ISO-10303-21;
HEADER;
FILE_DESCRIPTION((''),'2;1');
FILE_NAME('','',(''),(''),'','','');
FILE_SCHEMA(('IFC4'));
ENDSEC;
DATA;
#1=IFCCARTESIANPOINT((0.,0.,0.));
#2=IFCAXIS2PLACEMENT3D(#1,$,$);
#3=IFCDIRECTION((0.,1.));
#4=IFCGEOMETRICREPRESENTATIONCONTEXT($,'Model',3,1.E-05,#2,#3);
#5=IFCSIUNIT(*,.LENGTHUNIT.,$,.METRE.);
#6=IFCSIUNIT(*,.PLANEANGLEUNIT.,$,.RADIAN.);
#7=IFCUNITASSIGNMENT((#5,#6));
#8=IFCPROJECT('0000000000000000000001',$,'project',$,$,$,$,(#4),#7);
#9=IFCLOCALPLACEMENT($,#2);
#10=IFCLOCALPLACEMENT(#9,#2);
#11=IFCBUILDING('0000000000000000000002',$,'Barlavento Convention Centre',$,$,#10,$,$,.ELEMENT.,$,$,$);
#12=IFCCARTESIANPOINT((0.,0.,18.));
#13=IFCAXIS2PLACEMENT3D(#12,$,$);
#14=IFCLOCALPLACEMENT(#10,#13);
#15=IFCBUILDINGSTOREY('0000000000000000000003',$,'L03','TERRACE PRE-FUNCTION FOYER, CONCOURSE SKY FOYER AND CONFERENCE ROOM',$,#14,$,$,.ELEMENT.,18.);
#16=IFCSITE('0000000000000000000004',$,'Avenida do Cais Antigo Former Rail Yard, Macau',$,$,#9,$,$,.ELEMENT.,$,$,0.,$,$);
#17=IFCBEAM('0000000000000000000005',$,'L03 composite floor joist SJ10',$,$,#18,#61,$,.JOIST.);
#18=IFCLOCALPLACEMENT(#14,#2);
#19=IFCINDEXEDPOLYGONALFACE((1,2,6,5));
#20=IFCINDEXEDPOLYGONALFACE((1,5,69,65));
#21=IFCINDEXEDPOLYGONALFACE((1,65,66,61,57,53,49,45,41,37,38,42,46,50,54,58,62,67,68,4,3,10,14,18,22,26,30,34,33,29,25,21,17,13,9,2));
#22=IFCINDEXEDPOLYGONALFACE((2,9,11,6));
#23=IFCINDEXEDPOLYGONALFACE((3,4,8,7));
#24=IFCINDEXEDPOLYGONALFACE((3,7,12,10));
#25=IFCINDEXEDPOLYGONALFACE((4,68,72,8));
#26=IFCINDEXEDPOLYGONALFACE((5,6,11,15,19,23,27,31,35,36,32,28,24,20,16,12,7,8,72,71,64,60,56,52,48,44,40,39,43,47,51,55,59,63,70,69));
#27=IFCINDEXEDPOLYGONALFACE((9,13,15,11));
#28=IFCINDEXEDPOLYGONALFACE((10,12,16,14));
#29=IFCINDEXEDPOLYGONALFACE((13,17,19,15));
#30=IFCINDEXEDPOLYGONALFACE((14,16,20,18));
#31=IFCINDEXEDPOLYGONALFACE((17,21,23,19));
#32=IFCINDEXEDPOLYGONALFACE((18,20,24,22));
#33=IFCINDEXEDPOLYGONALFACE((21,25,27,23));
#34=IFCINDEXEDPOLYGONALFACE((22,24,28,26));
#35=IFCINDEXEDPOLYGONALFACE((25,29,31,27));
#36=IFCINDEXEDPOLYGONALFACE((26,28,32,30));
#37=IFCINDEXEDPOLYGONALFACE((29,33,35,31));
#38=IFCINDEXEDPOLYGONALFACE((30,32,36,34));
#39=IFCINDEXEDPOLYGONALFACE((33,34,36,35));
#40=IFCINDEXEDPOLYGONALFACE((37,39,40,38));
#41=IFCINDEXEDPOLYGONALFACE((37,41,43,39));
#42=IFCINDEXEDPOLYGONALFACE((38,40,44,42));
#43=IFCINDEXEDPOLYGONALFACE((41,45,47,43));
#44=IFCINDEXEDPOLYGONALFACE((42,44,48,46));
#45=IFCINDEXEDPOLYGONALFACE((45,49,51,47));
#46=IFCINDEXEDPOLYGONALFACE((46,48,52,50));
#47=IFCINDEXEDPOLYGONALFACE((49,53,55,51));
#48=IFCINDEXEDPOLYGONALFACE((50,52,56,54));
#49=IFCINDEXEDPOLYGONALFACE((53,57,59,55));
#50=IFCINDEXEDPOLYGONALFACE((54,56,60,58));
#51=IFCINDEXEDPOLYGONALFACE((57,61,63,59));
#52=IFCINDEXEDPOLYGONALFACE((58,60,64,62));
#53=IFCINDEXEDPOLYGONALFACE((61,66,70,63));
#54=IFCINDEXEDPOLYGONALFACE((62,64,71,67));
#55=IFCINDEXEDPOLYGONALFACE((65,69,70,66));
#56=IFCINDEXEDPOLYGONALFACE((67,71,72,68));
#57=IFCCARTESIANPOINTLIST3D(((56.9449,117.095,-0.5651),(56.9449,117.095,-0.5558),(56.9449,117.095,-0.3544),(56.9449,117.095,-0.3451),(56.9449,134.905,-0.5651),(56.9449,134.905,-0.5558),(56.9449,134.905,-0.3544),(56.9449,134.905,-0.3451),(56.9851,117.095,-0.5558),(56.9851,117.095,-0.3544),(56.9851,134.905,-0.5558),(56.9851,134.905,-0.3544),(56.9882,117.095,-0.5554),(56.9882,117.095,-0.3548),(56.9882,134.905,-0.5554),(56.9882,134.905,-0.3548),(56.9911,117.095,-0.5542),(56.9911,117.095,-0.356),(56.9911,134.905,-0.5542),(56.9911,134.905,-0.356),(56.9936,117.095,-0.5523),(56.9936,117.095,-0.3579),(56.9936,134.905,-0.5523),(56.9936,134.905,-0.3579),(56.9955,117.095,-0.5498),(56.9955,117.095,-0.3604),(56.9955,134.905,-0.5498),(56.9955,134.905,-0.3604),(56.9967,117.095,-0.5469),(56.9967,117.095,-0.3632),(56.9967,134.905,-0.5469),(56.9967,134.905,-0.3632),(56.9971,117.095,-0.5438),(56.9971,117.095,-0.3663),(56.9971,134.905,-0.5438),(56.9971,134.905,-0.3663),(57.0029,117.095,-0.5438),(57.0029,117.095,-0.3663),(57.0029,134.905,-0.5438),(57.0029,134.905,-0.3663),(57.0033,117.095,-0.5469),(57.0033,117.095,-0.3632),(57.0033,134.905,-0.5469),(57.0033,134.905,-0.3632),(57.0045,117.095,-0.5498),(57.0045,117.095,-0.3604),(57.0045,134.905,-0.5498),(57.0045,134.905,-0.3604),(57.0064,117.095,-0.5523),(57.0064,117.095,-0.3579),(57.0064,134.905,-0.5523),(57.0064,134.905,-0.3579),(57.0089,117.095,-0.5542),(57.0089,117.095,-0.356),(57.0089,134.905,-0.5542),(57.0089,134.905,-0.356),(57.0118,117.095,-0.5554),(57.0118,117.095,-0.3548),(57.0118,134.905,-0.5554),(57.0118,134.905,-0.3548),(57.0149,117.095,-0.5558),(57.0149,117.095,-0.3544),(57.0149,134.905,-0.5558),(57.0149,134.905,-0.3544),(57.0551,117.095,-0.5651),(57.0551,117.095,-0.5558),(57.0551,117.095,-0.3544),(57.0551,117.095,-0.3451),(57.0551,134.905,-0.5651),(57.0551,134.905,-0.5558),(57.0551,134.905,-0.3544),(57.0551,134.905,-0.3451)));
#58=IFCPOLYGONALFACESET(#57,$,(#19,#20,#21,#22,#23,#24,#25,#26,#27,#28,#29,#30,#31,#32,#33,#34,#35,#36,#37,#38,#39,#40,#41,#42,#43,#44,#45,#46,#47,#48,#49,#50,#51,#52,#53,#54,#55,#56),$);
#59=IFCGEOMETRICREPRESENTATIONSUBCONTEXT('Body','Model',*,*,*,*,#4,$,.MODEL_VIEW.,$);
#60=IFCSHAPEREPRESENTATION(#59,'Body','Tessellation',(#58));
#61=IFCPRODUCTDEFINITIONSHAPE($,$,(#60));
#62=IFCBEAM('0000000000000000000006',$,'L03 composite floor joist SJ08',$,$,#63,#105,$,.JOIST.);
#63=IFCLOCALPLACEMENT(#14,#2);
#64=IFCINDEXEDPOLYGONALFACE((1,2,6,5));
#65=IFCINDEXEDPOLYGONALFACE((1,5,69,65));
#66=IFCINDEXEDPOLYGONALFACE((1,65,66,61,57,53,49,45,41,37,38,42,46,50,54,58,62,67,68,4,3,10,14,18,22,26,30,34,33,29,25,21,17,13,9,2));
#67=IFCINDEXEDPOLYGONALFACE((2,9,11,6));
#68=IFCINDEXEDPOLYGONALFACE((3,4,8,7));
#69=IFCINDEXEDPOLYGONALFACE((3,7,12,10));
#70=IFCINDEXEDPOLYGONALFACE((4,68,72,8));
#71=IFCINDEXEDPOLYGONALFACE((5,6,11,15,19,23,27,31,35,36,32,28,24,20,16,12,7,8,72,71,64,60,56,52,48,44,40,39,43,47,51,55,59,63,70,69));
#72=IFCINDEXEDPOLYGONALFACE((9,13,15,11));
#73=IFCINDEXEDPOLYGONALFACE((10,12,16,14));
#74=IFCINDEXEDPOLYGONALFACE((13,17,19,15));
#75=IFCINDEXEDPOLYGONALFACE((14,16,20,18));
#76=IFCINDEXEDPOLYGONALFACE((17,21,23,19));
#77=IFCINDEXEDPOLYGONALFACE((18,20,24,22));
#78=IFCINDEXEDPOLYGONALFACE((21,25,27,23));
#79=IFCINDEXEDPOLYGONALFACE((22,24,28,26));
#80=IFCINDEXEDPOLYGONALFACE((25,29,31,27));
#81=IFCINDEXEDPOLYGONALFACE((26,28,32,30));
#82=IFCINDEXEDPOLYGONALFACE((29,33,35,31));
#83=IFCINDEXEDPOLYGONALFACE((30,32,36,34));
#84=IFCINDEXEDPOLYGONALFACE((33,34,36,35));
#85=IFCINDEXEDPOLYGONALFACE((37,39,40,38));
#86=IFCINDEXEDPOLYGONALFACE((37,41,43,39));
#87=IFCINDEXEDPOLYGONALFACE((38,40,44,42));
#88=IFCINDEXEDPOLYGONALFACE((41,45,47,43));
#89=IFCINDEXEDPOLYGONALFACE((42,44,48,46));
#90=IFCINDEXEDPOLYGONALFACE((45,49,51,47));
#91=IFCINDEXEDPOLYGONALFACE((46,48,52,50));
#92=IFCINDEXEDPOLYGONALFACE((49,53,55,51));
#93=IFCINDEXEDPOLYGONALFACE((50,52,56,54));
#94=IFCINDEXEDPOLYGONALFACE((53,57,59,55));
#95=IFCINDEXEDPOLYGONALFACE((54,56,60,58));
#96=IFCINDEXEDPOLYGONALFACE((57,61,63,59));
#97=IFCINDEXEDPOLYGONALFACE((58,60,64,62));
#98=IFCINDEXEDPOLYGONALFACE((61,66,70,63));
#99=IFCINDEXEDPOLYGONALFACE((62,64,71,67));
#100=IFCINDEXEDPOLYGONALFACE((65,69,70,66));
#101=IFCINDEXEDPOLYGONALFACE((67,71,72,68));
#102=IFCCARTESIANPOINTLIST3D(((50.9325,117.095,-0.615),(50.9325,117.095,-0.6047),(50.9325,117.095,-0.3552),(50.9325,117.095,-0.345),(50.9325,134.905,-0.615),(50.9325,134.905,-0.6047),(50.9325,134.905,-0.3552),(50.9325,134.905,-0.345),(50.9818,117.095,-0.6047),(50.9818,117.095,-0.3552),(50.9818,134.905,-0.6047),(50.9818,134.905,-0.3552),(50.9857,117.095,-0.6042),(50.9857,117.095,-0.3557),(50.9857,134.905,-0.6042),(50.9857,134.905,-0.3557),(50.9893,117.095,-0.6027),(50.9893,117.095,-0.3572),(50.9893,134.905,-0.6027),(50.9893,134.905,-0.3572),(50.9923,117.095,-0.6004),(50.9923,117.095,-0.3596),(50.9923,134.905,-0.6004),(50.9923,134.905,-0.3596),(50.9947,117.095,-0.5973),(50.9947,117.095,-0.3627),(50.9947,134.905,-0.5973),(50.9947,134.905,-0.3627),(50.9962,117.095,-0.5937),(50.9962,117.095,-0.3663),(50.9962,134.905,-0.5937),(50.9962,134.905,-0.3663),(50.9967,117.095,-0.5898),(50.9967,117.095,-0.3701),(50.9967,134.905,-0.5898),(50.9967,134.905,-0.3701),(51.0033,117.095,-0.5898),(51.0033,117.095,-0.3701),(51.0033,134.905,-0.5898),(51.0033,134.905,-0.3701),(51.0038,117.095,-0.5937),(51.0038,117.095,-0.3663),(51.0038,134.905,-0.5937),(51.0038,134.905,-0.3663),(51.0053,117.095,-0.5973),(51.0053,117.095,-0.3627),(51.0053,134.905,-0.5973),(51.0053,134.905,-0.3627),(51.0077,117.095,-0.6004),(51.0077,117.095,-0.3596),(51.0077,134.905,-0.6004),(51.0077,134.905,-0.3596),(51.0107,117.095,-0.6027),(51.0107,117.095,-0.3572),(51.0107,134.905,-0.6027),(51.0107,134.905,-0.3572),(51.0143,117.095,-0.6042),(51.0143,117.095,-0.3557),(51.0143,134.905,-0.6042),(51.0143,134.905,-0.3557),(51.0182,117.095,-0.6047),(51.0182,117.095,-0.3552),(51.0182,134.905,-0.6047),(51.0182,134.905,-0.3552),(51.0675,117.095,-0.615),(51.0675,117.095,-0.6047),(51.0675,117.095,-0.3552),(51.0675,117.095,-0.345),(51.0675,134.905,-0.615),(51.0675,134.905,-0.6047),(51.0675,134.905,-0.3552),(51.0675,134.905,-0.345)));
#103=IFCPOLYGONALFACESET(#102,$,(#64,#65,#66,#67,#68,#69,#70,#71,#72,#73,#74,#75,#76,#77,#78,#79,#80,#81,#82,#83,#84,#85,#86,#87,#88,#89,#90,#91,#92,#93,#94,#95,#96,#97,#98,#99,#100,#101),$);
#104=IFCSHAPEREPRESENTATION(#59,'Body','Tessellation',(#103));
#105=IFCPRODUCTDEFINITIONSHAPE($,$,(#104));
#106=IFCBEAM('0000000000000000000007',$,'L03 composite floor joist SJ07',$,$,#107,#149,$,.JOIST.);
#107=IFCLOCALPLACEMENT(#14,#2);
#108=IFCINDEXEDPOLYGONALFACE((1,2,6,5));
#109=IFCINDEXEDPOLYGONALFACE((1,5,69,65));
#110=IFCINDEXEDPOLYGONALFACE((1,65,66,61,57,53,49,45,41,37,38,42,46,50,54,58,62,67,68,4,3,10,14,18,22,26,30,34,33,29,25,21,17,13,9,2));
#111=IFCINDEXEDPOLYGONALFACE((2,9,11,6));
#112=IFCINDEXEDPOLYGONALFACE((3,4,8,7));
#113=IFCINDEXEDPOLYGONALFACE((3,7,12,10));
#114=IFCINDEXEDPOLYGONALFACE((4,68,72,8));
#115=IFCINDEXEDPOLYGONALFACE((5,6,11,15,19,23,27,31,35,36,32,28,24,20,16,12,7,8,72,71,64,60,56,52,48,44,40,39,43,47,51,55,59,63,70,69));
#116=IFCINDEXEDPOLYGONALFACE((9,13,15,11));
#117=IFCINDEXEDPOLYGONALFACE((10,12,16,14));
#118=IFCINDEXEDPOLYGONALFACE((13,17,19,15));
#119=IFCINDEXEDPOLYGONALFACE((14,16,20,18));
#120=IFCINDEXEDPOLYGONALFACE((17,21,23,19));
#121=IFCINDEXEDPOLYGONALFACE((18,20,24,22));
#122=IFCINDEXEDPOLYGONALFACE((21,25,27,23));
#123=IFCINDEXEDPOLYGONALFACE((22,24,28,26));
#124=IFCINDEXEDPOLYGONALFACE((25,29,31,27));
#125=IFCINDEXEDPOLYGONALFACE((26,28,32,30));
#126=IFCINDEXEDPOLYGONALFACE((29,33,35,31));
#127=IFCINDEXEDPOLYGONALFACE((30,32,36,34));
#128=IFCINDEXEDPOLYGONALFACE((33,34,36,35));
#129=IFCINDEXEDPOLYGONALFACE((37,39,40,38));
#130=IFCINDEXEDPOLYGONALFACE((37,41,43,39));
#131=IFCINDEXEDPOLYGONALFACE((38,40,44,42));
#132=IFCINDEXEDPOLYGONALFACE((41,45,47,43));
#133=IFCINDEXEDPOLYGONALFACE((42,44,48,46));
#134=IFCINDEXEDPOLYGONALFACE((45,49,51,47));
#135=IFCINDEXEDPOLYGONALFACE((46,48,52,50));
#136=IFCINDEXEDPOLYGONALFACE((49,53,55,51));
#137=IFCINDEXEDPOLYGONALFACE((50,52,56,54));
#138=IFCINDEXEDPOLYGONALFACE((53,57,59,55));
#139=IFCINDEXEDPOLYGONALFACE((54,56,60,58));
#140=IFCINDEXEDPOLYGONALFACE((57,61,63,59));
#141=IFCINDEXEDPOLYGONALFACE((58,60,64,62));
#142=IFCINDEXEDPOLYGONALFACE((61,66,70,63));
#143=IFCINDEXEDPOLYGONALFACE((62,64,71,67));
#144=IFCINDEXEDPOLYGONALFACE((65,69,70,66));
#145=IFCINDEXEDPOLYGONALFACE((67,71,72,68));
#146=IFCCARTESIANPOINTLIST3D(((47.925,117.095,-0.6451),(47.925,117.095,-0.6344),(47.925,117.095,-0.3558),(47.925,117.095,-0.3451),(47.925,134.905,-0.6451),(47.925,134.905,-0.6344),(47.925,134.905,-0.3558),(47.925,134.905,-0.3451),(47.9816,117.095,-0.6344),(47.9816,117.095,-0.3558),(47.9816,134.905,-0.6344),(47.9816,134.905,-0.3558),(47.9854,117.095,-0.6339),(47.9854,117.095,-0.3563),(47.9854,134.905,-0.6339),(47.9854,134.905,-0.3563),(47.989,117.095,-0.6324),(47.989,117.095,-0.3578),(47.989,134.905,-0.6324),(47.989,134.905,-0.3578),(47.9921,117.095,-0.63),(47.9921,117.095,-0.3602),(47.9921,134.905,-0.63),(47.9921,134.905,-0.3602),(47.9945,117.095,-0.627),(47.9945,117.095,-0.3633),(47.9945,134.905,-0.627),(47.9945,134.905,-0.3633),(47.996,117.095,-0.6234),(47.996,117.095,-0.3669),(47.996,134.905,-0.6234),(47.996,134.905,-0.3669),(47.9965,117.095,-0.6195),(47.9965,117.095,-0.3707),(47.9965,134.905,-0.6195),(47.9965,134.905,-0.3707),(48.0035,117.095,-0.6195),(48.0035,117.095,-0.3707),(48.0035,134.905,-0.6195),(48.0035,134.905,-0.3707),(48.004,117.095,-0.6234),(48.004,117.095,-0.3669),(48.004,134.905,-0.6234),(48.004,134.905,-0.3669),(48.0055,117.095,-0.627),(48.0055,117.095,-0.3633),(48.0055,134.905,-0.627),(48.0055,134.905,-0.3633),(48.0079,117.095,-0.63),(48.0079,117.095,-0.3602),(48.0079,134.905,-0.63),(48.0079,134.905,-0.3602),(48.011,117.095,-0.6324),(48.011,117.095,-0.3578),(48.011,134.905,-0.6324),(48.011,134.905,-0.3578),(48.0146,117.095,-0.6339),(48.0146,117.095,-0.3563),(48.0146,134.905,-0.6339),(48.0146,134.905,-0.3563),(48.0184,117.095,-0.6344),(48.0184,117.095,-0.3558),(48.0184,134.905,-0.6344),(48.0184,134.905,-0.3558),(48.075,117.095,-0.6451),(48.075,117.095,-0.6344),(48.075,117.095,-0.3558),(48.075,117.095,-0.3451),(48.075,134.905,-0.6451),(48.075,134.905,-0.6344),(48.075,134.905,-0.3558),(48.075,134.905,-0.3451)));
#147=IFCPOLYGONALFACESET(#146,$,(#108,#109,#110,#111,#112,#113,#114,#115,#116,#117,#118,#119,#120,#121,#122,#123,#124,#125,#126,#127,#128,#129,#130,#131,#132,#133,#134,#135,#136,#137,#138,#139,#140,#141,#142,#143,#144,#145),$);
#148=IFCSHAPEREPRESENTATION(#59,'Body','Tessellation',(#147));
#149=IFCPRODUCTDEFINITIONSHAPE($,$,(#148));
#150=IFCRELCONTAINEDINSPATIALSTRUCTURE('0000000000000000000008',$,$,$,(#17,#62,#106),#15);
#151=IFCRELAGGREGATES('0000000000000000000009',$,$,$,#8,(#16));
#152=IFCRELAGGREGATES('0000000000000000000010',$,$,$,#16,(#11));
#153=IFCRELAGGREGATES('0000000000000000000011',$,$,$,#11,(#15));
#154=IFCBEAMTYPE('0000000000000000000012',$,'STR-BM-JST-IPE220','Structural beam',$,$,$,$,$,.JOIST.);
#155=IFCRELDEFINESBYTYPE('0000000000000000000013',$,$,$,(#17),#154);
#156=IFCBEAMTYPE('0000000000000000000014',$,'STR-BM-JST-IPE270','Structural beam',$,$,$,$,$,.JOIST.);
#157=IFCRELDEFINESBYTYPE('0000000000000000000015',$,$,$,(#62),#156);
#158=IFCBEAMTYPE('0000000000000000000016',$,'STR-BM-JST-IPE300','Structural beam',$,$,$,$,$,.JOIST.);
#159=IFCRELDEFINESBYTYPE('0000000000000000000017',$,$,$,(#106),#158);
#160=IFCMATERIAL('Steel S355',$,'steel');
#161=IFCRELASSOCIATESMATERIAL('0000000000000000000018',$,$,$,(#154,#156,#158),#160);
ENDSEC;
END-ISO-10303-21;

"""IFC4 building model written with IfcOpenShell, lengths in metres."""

from ifc_helpers import new_model, si_unit, direction, frame, origin, origin_2d, place, context, subcontext, project, spatial, i_section, extrude, material, material_profile, profile_set, type_object, element, save


model = new_model("IFC4")

# Units and contexts
model_context = context("Model", 3, precision=1e-05, world=origin(), true_north=direction((0.0, 1.0)))
body_context = subcontext(model_context, "Body", "Model", "MODEL_VIEW")
ifc_project = project(units=[si_unit("LENGTHUNIT", "METRE"), si_unit("PLANEANGLEUNIT", "RADIAN")], contexts=[model_context])

# Site, building, storey
site_placement = place(None, origin())
site = spatial("IfcSite", under=ifc_project, at=site_placement, Name="Avenida do Cais Antigo Former Rail Yard, Macau", CompositionType="ELEMENT", RefElevation=0.0)
building_placement = place(site_placement, origin())
building = spatial("IfcBuilding", under=site, at=building_placement, Name="Barlavento Convention Centre", CompositionType="ELEMENT")
storey_placement = place(building_placement, frame((0.0, 0.0, 18.0)))
storey = spatial("IfcBuildingStorey", under=building, at=storey_placement, Name="L03", Description="TERRACE PRE-FUNCTION FOYER, CONCOURSE SKY FOYER AND CONFERENCE ROOM", CompositionType="ELEMENT", Elevation=18.0)

# Beams
ifc_material_1 = material(Name="Steel S355", Category="steel")
ifc_material_profile_1 = material_profile(ifc_material_1, i_section(OverallWidth=0.1101, OverallDepth=0.22, WebThickness=0.0059, FlangeThickness=0.0093, FilletRadius=0.012, at=origin_2d()), Name="IPE 220")
ifc_profile_set_1 = profile_set([ifc_material_profile_1], Name="Steel S355")
beam_type_1 = type_object("IfcBeamType", Name="STR-BM-JST-IPE220", Description="Structural beam", PredefinedType="JOIST", material=ifc_profile_set_1)
beam_1_placement = place(storey_placement, frame((57.0, 117.095, -0.4551), z_axis=(0.0, 1.0, 0.0), x_axis=(-1.0, 0.0, 0.0)))
element("IfcBeam", 1, at=beam_1_placement, inside=storey, type_object=beam_type_1, Name="L03 composite floor joist SJ10", PredefinedType="JOIST", context=body_context, shape_type="SweptSolid", body=[
    extrude(i_section(OverallWidth=0.1101, OverallDepth=0.22, WebThickness=0.0059, FlangeThickness=0.0093, FilletRadius=0.012, at=origin_2d()), origin(), (0.0, 0.0, 1.0), 17.8101),
])
ifc_material_profile_2 = material_profile(ifc_material_1, i_section(OverallWidth=0.135, OverallDepth=0.27, WebThickness=0.0066, FlangeThickness=0.0103, FilletRadius=0.0149, at=origin_2d()), Name="IPE 270")
ifc_profile_set_2 = profile_set([ifc_material_profile_2], Name="Steel S355")
beam_type_2 = type_object("IfcBeamType", Name="STR-BM-JST-IPE270", Description="Structural beam", PredefinedType="JOIST", material=ifc_profile_set_2)
beam_2_placement = place(storey_placement, frame((51.0, 117.095, -0.48), z_axis=(0.0, 1.0, 0.0), x_axis=(-1.0, 0.0, 0.0)))
element("IfcBeam", 2, at=beam_2_placement, inside=storey, type_object=beam_type_2, Name="L03 composite floor joist SJ08", PredefinedType="JOIST", context=body_context, shape_type="SweptSolid", body=[
    extrude(i_section(OverallWidth=0.135, OverallDepth=0.27, WebThickness=0.0066, FlangeThickness=0.0103, FilletRadius=0.0149, at=origin_2d()), origin(), (0.0, 0.0, 1.0), 17.8101),
])
ifc_material_profile_3 = material_profile(ifc_material_1, i_section(OverallWidth=0.1499, OverallDepth=0.3, WebThickness=0.0071, FlangeThickness=0.0107, FilletRadius=0.0149, at=origin_2d()), Name="IPE 300")
ifc_profile_set_3 = profile_set([ifc_material_profile_3], Name="Steel S355")
beam_type_3 = type_object("IfcBeamType", Name="STR-BM-JST-IPE300", Description="Structural beam", PredefinedType="JOIST", material=ifc_profile_set_3)
beam_3_placement = place(storey_placement, frame((48.0, 117.095, -0.4951), z_axis=(0.0, 1.0, 0.0), x_axis=(-1.0, 0.0, 0.0)))
element("IfcBeam", 3, at=beam_3_placement, inside=storey, type_object=beam_type_3, Name="L03 composite floor joist SJ07", PredefinedType="JOIST", context=body_context, shape_type="SweptSolid", body=[
    extrude(i_section(OverallWidth=0.1499, OverallDepth=0.3, WebThickness=0.0071, FlangeThickness=0.0107, FilletRadius=0.0149, at=origin_2d()), origin(), (0.0, 0.0, 1.0), 17.8101),
])

save(model, "model.ifc")
